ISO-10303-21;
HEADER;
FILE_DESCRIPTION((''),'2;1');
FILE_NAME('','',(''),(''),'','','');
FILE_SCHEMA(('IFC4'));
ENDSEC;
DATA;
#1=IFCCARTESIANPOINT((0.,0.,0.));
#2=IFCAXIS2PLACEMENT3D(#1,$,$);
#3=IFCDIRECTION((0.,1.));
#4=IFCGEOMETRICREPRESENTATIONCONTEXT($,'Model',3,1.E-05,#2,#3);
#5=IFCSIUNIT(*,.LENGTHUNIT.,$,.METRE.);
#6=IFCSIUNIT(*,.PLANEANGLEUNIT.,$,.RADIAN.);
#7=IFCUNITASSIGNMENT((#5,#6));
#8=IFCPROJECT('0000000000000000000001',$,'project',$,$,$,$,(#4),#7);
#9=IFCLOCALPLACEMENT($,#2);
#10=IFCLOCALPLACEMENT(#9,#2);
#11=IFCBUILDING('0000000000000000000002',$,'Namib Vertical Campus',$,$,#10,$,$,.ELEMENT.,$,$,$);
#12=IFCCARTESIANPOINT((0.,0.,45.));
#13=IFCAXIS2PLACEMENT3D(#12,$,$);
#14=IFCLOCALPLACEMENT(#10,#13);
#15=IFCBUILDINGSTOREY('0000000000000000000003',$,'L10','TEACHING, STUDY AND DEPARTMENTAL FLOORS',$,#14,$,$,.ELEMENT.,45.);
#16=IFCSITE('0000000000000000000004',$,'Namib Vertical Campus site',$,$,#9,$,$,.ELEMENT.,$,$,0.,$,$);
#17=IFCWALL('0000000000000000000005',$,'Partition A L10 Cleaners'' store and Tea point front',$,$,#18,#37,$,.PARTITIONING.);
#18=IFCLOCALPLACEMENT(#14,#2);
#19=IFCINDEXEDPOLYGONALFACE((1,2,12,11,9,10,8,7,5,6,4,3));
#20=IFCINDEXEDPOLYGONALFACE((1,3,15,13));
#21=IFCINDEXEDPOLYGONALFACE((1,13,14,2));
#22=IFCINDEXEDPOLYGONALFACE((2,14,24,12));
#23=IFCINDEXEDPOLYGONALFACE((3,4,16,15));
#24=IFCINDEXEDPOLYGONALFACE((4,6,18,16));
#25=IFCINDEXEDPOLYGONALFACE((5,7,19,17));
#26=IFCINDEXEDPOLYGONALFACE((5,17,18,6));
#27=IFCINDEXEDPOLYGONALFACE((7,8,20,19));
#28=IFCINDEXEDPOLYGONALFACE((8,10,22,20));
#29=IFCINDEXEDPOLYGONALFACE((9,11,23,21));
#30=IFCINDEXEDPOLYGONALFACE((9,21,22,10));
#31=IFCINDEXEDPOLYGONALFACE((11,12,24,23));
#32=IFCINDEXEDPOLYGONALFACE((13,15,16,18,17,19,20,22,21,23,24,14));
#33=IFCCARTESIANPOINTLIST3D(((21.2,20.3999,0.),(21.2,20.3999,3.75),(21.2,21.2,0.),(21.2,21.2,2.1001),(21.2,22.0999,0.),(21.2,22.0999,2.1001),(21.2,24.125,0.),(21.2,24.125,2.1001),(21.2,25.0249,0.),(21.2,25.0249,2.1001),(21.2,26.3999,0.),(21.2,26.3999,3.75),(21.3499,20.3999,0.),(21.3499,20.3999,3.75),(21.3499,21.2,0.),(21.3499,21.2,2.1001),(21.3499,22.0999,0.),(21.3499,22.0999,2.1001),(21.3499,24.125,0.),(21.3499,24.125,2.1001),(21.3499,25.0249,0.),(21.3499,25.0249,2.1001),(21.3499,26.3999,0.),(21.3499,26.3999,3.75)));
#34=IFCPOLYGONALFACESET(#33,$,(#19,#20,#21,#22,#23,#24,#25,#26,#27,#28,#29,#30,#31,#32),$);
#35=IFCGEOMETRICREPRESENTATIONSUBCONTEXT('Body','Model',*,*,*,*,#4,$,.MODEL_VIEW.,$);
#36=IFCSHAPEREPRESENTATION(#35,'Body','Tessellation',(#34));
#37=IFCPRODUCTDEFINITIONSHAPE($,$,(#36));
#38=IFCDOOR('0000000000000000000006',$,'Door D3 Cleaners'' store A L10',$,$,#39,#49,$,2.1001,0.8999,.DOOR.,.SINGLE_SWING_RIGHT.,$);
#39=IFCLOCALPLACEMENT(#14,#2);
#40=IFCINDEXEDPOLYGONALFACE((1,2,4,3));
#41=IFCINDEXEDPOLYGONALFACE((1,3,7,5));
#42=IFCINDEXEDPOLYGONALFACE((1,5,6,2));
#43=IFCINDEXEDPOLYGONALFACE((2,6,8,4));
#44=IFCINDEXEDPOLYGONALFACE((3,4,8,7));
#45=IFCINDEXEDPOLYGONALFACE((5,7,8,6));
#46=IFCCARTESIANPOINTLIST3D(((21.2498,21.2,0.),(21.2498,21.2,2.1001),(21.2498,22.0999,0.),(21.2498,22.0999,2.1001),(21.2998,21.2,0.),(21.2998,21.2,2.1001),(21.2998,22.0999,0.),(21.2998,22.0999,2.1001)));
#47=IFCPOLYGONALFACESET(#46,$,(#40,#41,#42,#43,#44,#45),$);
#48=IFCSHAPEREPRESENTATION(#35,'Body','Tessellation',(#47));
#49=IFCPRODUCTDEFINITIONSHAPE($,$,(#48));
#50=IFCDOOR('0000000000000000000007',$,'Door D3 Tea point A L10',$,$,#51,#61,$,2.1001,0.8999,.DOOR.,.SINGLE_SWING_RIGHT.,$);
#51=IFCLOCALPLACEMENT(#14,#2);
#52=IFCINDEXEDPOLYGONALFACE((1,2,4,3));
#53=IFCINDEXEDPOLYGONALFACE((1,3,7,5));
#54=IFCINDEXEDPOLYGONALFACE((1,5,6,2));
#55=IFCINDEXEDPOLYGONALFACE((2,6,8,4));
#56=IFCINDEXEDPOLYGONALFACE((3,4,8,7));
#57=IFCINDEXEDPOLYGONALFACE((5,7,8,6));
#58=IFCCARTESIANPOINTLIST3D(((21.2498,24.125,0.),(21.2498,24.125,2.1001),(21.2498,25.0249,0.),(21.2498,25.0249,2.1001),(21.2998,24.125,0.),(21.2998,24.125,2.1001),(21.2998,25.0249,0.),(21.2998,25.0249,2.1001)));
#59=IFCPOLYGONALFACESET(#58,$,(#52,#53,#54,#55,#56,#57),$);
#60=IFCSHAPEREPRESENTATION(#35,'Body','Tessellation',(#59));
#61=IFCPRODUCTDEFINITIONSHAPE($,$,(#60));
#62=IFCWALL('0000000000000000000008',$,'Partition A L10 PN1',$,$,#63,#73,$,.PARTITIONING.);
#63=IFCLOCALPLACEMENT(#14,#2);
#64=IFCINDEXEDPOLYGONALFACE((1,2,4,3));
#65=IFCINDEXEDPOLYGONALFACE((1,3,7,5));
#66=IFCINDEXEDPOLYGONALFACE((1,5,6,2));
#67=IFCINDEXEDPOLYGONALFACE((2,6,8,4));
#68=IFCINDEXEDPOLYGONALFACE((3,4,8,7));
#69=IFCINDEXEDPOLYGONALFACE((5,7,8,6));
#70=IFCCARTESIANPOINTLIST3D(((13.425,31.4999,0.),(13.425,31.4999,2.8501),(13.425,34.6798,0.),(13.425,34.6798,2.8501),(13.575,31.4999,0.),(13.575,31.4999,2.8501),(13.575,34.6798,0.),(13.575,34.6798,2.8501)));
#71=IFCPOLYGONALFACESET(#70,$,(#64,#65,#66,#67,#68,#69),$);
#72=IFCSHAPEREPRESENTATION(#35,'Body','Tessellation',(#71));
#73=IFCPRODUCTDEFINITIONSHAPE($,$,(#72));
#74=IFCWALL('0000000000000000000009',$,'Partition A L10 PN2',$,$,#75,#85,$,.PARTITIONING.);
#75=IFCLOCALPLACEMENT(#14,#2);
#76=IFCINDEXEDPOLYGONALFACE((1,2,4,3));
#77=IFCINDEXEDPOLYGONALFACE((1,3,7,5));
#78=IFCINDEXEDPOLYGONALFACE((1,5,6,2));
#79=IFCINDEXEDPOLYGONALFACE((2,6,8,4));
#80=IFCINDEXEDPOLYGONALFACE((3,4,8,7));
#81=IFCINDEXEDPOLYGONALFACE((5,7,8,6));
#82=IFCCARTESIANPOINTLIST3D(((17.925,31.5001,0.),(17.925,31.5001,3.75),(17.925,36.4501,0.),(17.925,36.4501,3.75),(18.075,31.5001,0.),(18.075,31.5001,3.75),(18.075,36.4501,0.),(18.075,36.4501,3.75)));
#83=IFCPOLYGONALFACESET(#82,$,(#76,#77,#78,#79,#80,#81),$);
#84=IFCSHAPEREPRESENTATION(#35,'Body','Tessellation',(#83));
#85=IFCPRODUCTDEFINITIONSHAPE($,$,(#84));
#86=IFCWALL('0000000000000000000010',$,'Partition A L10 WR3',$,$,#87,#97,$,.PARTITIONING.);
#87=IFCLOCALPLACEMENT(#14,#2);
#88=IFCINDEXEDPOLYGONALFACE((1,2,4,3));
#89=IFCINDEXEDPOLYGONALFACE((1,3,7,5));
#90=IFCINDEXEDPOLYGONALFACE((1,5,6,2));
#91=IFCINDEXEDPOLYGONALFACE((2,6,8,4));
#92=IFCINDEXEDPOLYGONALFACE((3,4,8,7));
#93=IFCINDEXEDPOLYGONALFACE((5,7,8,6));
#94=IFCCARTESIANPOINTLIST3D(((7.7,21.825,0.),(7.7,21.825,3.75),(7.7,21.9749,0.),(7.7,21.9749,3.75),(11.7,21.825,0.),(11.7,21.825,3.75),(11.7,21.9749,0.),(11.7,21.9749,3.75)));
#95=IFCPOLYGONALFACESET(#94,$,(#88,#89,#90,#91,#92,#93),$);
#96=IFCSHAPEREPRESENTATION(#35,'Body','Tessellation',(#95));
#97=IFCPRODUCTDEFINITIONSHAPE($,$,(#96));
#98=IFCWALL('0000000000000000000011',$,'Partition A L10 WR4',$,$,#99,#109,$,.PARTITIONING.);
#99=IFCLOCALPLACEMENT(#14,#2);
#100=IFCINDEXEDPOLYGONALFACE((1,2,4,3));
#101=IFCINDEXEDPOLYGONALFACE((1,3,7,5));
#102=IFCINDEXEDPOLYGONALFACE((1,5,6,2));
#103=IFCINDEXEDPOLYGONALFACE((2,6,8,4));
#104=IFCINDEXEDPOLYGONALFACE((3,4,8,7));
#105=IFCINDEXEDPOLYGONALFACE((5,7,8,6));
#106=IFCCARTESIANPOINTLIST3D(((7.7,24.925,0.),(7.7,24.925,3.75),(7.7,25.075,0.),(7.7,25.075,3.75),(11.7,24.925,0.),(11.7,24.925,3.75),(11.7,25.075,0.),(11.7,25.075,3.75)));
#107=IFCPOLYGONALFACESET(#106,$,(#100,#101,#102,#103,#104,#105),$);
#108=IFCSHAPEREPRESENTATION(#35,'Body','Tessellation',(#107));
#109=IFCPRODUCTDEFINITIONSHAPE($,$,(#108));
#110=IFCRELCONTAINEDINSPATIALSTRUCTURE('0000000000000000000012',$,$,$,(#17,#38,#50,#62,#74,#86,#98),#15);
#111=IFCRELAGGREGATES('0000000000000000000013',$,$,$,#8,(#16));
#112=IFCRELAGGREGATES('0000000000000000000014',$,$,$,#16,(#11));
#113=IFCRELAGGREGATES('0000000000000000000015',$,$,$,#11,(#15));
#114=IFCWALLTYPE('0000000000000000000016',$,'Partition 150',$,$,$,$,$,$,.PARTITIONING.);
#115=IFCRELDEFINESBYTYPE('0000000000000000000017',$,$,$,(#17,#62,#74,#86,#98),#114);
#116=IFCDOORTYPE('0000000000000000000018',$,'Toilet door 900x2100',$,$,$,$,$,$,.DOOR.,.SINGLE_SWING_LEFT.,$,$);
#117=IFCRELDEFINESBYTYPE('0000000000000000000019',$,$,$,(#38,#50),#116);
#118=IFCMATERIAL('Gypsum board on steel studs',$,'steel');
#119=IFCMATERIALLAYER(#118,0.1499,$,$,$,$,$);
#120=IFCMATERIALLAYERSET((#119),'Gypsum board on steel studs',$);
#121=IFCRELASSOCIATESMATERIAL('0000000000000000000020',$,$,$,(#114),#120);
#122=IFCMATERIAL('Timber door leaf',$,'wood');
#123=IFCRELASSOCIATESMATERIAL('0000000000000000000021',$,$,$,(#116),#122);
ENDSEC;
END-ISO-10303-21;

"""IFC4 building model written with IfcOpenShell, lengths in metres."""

from ifc_helpers import new_model, si_unit, direction, frame, frame_2d, origin, place, context, subcontext, project, spatial, rectangle, extrude, material, layer, layer_set, type_object, element, fill, save


model = new_model("IFC4")

# Units and contexts
model_context = context("Model", 3, precision=1e-05, world=origin(), true_north=direction((0.0, 1.0)))
body_context = subcontext(model_context, "Body", "Model", "MODEL_VIEW")
ifc_project = project(units=[si_unit("LENGTHUNIT", "METRE"), si_unit("PLANEANGLEUNIT", "RADIAN")], contexts=[model_context])

# Site, building, storey
site_placement = place(None, origin())
site = spatial("IfcSite", under=ifc_project, at=site_placement, Name="Namib Vertical Campus site", CompositionType="ELEMENT", RefElevation=0.0)
building_placement = place(site_placement, origin())
building = spatial("IfcBuilding", under=site, at=building_placement, Name="Namib Vertical Campus", CompositionType="ELEMENT")
storey_placement = place(building_placement, frame((0.0, 0.0, 45.0)))
storey = spatial("IfcBuildingStorey", under=building, at=storey_placement, Name="L10", Description="TEACHING, STUDY AND DEPARTMENTAL FLOORS", CompositionType="ELEMENT", Elevation=45.0)

# Wall, openings, doors
ifc_material_1 = material(Name="Gypsum board on steel studs", Category="steel")
ifc_layer_1 = layer(ifc_material_1, 0.1499)
ifc_layer_set_1 = layer_set([ifc_layer_1], Name="Gypsum board on steel studs")
wall_type_1 = type_object("IfcWallType", Name="Partition 150", PredefinedType="PARTITIONING", material=ifc_layer_set_1)
wall_1_placement = place(storey_placement, frame((21.2749, 20.3999, 0.0), z_axis=(0.0, 0.0, 1.0), x_axis=(0.0, 1.0, 0.0)))
wall_1 = element("IfcWall", 1, at=wall_1_placement, inside=storey, type_object=wall_type_1, Name="Partition A L10 Cleaners' store and Tea point front", PredefinedType="PARTITIONING", context=body_context, shape_type="SweptSolid", body=[
    extrude(rectangle(XDim=6.0, YDim=0.1499, at=frame_2d((3.0, 0.0))), origin(), (0.0, 0.0, 1.0), 3.75),
])
opening_1_placement = place(wall_1_placement, frame((0.8, 0.0, 0.0)))
opening_1 = element("IfcOpeningElement", 2, at=opening_1_placement, cuts=wall_1, PredefinedType="OPENING", context=body_context, shape_type="SweptSolid", body=[
    extrude(rectangle(XDim=0.8999, YDim=2.1001, at=frame_2d((0.45, 1.05))), frame((0.0, 0.085, 0.0), z_axis=(0.0, -1.0, 0.0), x_axis=(1.0, 0.0, 0.0)), (0.0, 0.0, 1.0), 0.1699),
])
opening_2_placement = place(wall_1_placement, frame((3.7251, 0.0, 0.0)))
opening_2 = element("IfcOpeningElement", 3, at=opening_2_placement, cuts=wall_1, PredefinedType="OPENING", context=body_context, shape_type="SweptSolid", body=[
    extrude(rectangle(XDim=0.8999, YDim=2.1001, at=frame_2d((0.45, 1.05))), frame((0.0, 0.085, 0.0), z_axis=(0.0, -1.0, 0.0), x_axis=(1.0, 0.0, 0.0)), (0.0, 0.0, 1.0), 0.1699),
])
ifc_material_2 = material(Name="Timber door leaf", Category="wood")
door_type_1 = type_object("IfcDoorType", Name="Toilet door 900x2100", OperationType="SINGLE_SWING_LEFT", PredefinedType="DOOR", material=ifc_material_2)
door_1_placement = place(opening_1_placement, frame((0.8999, 0.0, 0.0), z_axis=(0.0, 0.0, 1.0), x_axis=(-1.0, 0.0, 0.0)))
door_1 = element("IfcDoor", 4, at=door_1_placement, inside=storey, type_object=door_type_1, Name="Door D3 Cleaners' store A L10", OperationType="SINGLE_SWING_RIGHT", OverallHeight=2.1001, OverallWidth=0.8999, PredefinedType="DOOR", context=body_context, shape_type="SweptSolid", body=[
    extrude(rectangle(XDim=0.8999, YDim=2.1001, at=frame_2d((0.45, 1.05))), frame((0.0, 0.0249, 0.0), z_axis=(0.0, -1.0, 0.0), x_axis=(1.0, 0.0, 0.0)), (0.0, 0.0, 1.0), 0.05),
])
fill(opening_1, door_1)
door_2_placement = place(opening_2_placement, frame((0.8999, 0.0, 0.0), z_axis=(0.0, 0.0, 1.0), x_axis=(-1.0, 0.0, 0.0)))
door_2 = element("IfcDoor", 5, at=door_2_placement, inside=storey, type_object=door_type_1, Name="Door D3 Tea point A L10", OperationType="SINGLE_SWING_RIGHT", OverallHeight=2.1001, OverallWidth=0.8999, PredefinedType="DOOR", context=body_context, shape_type="SweptSolid", body=[
    extrude(rectangle(XDim=0.8999, YDim=2.1001, at=frame_2d((0.45, 1.05))), frame((0.0, 0.0249, 0.0), z_axis=(0.0, -1.0, 0.0), x_axis=(1.0, 0.0, 0.0)), (0.0, 0.0, 1.0), 0.05),
])
fill(opening_2, door_2)

# Walls
wall_2_placement = place(storey_placement, frame((13.5, 31.5, 0.0), z_axis=(0.0, 0.0, 1.0), x_axis=(0.0, 1.0, 0.0)))
element("IfcWall", 6, at=wall_2_placement, inside=storey, type_object=wall_type_1, Name="Partition A L10 PN1", PredefinedType="PARTITIONING", context=body_context, shape_type="SweptSolid", body=[
    extrude(rectangle(XDim=3.1799, YDim=0.1499, at=frame_2d((1.5898, 0.0))), origin(), (0.0, 0.0, 1.0), 2.8501),
])
wall_3_placement = place(storey_placement, frame((18.0, 31.5, 0.0), z_axis=(0.0, 0.0, 1.0), x_axis=(0.0, 1.0, 0.0)))
element("IfcWall", 7, at=wall_3_placement, inside=storey, type_object=wall_type_1, Name="Partition A L10 PN2", PredefinedType="PARTITIONING", context=body_context, shape_type="SweptSolid", body=[
    extrude(rectangle(XDim=4.95, YDim=0.1499, at=frame_2d((2.4751, 0.0))), origin(), (0.0, 0.0, 1.0), 3.75),
])
for number, where, z_axis, x_axis, name in (
    (8, (11.7, 21.8999, 0.0), (0.0, 0.0, 1.0), (-1.0, 0.0, 0.0), "Partition A L10 WR3"),
    (9, (11.7, 25.0, 0.0), (0.0, 0.0, 1.0), (-1.0, 0.0, 0.0), "Partition A L10 WR4"),
):
    element("IfcWall", number, at=place(storey_placement, frame(where, z_axis=z_axis, x_axis=x_axis)), inside=storey, type_object=wall_type_1, Name=name, PredefinedType="PARTITIONING", context=body_context, shape_type="SweptSolid", body=[
        extrude(rectangle(XDim=4.0, YDim=0.1499, at=frame_2d((2.0, 0.0))), origin(), (0.0, 0.0, 1.0), 3.75),
    ])

save(model, "model.ifc")
